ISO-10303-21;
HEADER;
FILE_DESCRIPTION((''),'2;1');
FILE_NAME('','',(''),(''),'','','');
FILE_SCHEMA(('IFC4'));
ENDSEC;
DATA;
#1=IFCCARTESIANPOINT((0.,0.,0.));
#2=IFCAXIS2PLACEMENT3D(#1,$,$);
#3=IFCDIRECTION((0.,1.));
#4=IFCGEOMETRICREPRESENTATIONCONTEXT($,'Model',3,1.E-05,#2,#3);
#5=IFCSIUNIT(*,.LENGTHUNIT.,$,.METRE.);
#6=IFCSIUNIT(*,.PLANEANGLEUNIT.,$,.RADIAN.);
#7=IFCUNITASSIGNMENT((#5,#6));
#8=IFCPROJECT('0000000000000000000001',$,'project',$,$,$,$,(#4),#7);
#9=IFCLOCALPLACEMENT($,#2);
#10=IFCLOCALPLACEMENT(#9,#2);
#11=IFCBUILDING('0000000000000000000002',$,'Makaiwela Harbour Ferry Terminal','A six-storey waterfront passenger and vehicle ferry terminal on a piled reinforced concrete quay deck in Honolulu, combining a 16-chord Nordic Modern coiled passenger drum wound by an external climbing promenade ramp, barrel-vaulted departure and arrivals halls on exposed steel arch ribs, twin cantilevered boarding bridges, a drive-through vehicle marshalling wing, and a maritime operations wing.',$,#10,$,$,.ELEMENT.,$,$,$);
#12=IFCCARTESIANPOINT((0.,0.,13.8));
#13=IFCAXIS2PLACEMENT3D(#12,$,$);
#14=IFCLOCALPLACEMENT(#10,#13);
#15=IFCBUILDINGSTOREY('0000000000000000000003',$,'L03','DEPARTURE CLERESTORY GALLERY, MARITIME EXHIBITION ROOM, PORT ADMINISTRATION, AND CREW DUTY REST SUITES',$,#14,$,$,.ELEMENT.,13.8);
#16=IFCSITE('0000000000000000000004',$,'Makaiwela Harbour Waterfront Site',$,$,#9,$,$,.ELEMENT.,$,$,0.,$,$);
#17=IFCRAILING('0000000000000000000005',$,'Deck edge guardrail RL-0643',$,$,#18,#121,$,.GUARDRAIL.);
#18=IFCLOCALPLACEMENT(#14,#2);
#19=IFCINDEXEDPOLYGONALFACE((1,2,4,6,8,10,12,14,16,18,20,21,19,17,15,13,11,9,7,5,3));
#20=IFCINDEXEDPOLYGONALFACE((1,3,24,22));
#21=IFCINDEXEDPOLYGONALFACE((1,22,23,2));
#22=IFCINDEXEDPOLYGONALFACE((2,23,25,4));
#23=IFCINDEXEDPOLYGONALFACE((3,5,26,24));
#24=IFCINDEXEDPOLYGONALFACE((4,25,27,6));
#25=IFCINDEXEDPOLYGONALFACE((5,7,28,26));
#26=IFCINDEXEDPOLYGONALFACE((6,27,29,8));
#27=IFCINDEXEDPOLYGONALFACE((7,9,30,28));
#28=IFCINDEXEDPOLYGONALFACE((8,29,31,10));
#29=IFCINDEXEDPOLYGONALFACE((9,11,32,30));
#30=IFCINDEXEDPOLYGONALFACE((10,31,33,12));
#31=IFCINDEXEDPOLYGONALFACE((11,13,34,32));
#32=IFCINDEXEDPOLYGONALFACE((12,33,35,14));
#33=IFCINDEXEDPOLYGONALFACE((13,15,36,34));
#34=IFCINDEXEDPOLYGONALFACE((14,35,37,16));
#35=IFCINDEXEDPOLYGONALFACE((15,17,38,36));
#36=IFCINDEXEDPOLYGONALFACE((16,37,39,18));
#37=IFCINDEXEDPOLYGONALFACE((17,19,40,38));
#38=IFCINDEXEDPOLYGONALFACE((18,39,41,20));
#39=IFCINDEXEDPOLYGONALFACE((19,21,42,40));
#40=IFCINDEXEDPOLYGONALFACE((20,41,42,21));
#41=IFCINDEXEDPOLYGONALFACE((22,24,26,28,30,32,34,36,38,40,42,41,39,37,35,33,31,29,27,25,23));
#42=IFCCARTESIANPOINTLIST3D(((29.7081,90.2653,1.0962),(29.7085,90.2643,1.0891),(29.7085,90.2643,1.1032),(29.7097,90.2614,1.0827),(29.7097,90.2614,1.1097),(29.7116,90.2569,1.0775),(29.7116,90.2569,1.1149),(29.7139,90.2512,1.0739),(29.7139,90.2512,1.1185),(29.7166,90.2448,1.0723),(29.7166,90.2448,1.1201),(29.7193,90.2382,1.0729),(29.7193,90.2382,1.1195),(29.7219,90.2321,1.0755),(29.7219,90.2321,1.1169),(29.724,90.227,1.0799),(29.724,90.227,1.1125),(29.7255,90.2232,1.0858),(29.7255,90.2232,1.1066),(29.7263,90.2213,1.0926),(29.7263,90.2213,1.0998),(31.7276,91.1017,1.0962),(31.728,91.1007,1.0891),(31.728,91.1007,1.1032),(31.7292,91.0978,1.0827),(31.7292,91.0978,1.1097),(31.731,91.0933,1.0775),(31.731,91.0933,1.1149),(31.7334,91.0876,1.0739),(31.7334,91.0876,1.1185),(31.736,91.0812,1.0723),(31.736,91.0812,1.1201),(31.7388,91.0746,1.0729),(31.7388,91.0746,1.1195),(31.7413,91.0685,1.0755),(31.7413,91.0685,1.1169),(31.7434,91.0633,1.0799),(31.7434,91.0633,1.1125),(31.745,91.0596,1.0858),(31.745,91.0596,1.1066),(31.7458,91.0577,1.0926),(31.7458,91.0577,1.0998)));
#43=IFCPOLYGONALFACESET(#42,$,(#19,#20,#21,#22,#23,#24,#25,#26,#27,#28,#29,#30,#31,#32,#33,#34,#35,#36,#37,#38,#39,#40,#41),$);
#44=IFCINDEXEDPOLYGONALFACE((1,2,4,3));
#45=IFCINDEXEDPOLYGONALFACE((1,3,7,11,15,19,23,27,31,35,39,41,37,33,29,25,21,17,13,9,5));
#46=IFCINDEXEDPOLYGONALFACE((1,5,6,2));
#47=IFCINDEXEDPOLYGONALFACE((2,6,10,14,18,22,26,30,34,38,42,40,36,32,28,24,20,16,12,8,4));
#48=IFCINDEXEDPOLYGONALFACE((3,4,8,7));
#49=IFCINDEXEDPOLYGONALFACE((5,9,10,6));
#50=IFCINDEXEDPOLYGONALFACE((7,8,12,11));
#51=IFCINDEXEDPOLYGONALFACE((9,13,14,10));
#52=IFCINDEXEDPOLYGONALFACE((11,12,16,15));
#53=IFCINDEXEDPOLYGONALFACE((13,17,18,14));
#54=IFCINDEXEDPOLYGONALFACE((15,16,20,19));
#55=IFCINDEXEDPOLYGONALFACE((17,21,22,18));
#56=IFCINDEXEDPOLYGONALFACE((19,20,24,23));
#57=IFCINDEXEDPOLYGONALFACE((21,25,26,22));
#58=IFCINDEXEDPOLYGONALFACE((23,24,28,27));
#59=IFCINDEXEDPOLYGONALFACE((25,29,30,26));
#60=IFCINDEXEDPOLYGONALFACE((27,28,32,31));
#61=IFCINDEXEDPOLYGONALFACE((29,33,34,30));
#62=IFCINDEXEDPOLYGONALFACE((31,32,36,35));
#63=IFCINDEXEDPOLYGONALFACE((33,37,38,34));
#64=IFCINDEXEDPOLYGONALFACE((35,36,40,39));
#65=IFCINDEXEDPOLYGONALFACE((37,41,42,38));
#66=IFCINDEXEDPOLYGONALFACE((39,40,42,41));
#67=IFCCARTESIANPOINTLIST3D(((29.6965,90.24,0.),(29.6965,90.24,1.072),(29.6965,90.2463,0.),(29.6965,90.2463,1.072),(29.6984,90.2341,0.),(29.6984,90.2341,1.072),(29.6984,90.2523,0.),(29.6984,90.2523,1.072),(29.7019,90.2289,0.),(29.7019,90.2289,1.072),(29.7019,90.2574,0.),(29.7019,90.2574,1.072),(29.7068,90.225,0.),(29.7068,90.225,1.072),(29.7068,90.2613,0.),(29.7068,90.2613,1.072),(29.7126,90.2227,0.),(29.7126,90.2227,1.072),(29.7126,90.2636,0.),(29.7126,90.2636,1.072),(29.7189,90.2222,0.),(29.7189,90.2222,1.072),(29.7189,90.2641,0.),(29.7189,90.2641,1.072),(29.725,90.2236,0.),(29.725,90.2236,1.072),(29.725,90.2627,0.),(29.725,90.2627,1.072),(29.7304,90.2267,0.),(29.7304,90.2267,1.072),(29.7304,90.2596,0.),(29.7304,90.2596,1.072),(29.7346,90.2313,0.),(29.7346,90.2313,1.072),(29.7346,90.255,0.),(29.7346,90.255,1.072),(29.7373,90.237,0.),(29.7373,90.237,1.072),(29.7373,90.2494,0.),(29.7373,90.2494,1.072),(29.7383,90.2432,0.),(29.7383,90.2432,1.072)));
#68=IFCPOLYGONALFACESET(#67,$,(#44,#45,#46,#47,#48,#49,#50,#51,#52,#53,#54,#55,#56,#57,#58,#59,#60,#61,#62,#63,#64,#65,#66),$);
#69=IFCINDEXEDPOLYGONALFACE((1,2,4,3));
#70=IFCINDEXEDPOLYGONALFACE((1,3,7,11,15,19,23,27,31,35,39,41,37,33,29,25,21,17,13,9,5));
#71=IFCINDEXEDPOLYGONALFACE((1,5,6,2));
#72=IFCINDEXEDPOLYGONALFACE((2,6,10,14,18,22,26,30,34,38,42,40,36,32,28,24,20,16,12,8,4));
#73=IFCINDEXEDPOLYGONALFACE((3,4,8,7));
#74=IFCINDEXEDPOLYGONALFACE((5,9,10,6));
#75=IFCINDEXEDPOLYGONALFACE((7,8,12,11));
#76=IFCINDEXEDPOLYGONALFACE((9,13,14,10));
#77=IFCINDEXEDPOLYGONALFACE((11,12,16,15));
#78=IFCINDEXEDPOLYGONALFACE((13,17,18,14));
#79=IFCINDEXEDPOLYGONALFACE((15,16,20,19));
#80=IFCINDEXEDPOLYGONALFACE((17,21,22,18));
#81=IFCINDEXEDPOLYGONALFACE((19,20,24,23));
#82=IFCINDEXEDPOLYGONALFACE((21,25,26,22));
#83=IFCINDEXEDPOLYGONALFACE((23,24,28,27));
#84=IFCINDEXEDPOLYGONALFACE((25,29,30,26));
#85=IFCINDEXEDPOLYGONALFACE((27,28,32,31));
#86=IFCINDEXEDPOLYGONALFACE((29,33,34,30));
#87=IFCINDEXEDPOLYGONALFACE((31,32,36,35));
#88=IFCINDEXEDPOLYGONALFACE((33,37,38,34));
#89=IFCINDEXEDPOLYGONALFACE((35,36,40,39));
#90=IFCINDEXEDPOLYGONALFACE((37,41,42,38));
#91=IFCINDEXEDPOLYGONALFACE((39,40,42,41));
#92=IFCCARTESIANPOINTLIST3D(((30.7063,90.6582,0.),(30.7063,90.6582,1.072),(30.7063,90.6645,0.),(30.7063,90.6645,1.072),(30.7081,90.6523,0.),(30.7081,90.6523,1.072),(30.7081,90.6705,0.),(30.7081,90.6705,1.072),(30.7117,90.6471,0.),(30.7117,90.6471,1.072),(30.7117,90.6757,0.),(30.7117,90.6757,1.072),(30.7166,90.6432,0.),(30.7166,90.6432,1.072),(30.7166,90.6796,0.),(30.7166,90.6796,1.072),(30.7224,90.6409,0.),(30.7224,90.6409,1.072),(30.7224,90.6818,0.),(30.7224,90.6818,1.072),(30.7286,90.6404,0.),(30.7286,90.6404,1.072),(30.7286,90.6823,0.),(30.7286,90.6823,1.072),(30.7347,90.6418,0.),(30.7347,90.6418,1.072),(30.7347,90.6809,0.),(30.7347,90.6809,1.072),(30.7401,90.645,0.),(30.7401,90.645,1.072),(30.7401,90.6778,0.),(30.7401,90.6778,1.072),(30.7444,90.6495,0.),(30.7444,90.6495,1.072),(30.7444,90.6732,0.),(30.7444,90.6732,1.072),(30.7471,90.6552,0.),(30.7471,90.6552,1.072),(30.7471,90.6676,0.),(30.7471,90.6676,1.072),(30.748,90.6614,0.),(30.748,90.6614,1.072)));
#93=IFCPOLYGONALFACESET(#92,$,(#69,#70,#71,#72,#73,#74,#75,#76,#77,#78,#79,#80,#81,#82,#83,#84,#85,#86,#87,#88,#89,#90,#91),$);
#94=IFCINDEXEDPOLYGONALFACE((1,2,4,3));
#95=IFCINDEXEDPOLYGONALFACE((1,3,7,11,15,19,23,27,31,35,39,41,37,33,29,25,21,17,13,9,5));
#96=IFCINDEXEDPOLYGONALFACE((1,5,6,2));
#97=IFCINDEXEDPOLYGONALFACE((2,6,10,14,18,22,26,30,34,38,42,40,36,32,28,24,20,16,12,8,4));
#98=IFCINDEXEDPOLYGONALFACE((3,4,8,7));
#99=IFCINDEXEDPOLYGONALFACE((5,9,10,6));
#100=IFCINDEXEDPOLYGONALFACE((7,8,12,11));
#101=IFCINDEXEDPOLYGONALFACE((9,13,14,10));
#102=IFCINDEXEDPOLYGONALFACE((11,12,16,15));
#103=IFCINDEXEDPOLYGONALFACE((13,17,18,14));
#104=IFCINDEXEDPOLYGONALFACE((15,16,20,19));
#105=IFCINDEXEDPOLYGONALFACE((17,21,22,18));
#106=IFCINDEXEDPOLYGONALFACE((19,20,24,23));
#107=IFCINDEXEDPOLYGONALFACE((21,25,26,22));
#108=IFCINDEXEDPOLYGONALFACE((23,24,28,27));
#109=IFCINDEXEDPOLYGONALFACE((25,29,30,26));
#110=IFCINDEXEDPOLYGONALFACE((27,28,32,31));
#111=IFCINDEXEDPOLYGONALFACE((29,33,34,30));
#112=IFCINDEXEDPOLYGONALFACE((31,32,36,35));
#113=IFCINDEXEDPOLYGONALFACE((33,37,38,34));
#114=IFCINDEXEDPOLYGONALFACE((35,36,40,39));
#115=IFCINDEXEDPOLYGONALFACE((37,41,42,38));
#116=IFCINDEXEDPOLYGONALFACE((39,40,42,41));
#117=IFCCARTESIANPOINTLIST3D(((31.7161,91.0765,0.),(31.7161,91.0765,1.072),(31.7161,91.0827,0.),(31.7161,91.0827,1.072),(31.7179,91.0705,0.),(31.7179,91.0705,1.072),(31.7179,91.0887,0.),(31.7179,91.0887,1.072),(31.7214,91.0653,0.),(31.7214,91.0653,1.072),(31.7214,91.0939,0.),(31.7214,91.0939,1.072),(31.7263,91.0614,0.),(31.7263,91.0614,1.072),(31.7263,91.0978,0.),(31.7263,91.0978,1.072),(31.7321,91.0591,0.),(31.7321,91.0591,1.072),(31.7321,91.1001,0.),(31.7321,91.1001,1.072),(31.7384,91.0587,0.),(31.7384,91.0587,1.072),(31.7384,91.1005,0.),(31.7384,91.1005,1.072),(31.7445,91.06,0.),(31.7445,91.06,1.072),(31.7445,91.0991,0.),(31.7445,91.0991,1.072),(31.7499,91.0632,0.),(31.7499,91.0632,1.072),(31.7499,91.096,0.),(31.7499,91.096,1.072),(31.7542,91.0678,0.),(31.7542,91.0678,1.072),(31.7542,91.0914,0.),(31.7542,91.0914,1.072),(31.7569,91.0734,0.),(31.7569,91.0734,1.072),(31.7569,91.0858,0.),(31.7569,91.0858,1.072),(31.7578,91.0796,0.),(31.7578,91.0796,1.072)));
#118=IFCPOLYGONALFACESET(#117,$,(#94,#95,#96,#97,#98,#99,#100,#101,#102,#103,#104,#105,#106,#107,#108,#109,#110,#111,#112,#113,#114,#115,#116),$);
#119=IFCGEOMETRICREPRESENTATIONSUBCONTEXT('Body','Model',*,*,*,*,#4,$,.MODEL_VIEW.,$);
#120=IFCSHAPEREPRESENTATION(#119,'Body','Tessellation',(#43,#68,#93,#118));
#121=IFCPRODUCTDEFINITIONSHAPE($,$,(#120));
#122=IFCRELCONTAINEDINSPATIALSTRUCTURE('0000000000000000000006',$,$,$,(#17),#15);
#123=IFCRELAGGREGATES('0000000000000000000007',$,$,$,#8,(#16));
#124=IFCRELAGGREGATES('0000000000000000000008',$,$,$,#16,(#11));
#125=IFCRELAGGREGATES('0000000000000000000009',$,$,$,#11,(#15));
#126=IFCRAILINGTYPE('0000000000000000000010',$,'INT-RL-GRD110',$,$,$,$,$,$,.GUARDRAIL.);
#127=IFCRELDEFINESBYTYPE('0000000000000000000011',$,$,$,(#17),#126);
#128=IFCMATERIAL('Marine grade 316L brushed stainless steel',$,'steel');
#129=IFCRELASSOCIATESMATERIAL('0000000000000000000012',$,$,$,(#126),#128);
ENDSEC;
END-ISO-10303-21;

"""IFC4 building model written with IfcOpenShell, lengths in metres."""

from ifc_helpers import new_model, si_unit, direction, frame, origin, origin_2d, place, context, subcontext, project, spatial, circle, extrude, material, type_object, element, save


model = new_model("IFC4")

# Units and contexts
model_context = context("Model", 3, precision=1e-05, world=origin(), true_north=direction((0.0, 1.0)))
body_context = subcontext(model_context, "Body", "Model", "MODEL_VIEW")
ifc_project = project(units=[si_unit("LENGTHUNIT", "METRE"), si_unit("PLANEANGLEUNIT", "RADIAN")], contexts=[model_context])

# Site, building, storey
site_placement = place(None, origin())
site = spatial("IfcSite", under=ifc_project, at=site_placement, Name="Makaiwela Harbour Waterfront Site", CompositionType="ELEMENT", RefElevation=0.0)
building_placement = place(site_placement, origin())
building = spatial("IfcBuilding", under=site, at=building_placement, Name="Makaiwela Harbour Ferry Terminal", Description="A six-storey waterfront passenger and vehicle ferry terminal on a piled reinforced concrete quay deck in Honolulu, combining a 16-chord Nordic Modern coiled passenger drum wound by an external climbing promenade ramp, barrel-vaulted departure and arrivals halls on exposed steel arch ribs, twin cantilevered boarding bridges, a drive-through vehicle marshalling wing, and a maritime operations wing.", CompositionType="ELEMENT")
storey_placement = place(building_placement, frame((0.0, 0.0, 13.8)))
storey = spatial("IfcBuildingStorey", under=building, at=storey_placement, Name="L03", Description="DEPARTURE CLERESTORY GALLERY, MARITIME EXHIBITION ROOM, PORT ADMINISTRATION, AND CREW DUTY REST SUITES", CompositionType="ELEMENT", Elevation=13.8)

# Railing
ifc_material_1 = material(Name="Marine grade 316L brushed stainless steel", Category="steel")
railing_type_1 = type_object("IfcRailingType", Name="INT-RL-GRD110", PredefinedType="GUARDRAIL", material=ifc_material_1)
railing_1_placement = place(storey_placement, frame((29.7173, 90.2432, 0.0)))
element("IfcRailing", 1, at=railing_1_placement, inside=storey, type_object=railing_type_1, Name="Deck edge guardrail RL-0643", PredefinedType="GUARDRAIL", context=body_context, shape_type="SweptSolid", body=[
    extrude(circle(Radius=0.0239, at=origin_2d()), frame((0.0, 0.0, 1.0962), z_axis=(0.923894, 0.382648, 0.0), x_axis=(-0.382648, 0.923894, 0.0)), (0.0, 0.0, 1.0), 2.1858),
    extrude(circle(Radius=0.021, at=origin_2d()), origin(), (0.0, 0.0, 1.0), 1.072),
    extrude(circle(Radius=0.021, at=origin_2d()), frame((1.0098, 0.4182, 0.0)), (0.0, 0.0, 1.0), 1.072),
    extrude(circle(Radius=0.021, at=origin_2d()), frame((2.0195, 0.8364, 0.0)), (0.0, 0.0, 1.0), 1.072),
])

save(model, "model.ifc")
